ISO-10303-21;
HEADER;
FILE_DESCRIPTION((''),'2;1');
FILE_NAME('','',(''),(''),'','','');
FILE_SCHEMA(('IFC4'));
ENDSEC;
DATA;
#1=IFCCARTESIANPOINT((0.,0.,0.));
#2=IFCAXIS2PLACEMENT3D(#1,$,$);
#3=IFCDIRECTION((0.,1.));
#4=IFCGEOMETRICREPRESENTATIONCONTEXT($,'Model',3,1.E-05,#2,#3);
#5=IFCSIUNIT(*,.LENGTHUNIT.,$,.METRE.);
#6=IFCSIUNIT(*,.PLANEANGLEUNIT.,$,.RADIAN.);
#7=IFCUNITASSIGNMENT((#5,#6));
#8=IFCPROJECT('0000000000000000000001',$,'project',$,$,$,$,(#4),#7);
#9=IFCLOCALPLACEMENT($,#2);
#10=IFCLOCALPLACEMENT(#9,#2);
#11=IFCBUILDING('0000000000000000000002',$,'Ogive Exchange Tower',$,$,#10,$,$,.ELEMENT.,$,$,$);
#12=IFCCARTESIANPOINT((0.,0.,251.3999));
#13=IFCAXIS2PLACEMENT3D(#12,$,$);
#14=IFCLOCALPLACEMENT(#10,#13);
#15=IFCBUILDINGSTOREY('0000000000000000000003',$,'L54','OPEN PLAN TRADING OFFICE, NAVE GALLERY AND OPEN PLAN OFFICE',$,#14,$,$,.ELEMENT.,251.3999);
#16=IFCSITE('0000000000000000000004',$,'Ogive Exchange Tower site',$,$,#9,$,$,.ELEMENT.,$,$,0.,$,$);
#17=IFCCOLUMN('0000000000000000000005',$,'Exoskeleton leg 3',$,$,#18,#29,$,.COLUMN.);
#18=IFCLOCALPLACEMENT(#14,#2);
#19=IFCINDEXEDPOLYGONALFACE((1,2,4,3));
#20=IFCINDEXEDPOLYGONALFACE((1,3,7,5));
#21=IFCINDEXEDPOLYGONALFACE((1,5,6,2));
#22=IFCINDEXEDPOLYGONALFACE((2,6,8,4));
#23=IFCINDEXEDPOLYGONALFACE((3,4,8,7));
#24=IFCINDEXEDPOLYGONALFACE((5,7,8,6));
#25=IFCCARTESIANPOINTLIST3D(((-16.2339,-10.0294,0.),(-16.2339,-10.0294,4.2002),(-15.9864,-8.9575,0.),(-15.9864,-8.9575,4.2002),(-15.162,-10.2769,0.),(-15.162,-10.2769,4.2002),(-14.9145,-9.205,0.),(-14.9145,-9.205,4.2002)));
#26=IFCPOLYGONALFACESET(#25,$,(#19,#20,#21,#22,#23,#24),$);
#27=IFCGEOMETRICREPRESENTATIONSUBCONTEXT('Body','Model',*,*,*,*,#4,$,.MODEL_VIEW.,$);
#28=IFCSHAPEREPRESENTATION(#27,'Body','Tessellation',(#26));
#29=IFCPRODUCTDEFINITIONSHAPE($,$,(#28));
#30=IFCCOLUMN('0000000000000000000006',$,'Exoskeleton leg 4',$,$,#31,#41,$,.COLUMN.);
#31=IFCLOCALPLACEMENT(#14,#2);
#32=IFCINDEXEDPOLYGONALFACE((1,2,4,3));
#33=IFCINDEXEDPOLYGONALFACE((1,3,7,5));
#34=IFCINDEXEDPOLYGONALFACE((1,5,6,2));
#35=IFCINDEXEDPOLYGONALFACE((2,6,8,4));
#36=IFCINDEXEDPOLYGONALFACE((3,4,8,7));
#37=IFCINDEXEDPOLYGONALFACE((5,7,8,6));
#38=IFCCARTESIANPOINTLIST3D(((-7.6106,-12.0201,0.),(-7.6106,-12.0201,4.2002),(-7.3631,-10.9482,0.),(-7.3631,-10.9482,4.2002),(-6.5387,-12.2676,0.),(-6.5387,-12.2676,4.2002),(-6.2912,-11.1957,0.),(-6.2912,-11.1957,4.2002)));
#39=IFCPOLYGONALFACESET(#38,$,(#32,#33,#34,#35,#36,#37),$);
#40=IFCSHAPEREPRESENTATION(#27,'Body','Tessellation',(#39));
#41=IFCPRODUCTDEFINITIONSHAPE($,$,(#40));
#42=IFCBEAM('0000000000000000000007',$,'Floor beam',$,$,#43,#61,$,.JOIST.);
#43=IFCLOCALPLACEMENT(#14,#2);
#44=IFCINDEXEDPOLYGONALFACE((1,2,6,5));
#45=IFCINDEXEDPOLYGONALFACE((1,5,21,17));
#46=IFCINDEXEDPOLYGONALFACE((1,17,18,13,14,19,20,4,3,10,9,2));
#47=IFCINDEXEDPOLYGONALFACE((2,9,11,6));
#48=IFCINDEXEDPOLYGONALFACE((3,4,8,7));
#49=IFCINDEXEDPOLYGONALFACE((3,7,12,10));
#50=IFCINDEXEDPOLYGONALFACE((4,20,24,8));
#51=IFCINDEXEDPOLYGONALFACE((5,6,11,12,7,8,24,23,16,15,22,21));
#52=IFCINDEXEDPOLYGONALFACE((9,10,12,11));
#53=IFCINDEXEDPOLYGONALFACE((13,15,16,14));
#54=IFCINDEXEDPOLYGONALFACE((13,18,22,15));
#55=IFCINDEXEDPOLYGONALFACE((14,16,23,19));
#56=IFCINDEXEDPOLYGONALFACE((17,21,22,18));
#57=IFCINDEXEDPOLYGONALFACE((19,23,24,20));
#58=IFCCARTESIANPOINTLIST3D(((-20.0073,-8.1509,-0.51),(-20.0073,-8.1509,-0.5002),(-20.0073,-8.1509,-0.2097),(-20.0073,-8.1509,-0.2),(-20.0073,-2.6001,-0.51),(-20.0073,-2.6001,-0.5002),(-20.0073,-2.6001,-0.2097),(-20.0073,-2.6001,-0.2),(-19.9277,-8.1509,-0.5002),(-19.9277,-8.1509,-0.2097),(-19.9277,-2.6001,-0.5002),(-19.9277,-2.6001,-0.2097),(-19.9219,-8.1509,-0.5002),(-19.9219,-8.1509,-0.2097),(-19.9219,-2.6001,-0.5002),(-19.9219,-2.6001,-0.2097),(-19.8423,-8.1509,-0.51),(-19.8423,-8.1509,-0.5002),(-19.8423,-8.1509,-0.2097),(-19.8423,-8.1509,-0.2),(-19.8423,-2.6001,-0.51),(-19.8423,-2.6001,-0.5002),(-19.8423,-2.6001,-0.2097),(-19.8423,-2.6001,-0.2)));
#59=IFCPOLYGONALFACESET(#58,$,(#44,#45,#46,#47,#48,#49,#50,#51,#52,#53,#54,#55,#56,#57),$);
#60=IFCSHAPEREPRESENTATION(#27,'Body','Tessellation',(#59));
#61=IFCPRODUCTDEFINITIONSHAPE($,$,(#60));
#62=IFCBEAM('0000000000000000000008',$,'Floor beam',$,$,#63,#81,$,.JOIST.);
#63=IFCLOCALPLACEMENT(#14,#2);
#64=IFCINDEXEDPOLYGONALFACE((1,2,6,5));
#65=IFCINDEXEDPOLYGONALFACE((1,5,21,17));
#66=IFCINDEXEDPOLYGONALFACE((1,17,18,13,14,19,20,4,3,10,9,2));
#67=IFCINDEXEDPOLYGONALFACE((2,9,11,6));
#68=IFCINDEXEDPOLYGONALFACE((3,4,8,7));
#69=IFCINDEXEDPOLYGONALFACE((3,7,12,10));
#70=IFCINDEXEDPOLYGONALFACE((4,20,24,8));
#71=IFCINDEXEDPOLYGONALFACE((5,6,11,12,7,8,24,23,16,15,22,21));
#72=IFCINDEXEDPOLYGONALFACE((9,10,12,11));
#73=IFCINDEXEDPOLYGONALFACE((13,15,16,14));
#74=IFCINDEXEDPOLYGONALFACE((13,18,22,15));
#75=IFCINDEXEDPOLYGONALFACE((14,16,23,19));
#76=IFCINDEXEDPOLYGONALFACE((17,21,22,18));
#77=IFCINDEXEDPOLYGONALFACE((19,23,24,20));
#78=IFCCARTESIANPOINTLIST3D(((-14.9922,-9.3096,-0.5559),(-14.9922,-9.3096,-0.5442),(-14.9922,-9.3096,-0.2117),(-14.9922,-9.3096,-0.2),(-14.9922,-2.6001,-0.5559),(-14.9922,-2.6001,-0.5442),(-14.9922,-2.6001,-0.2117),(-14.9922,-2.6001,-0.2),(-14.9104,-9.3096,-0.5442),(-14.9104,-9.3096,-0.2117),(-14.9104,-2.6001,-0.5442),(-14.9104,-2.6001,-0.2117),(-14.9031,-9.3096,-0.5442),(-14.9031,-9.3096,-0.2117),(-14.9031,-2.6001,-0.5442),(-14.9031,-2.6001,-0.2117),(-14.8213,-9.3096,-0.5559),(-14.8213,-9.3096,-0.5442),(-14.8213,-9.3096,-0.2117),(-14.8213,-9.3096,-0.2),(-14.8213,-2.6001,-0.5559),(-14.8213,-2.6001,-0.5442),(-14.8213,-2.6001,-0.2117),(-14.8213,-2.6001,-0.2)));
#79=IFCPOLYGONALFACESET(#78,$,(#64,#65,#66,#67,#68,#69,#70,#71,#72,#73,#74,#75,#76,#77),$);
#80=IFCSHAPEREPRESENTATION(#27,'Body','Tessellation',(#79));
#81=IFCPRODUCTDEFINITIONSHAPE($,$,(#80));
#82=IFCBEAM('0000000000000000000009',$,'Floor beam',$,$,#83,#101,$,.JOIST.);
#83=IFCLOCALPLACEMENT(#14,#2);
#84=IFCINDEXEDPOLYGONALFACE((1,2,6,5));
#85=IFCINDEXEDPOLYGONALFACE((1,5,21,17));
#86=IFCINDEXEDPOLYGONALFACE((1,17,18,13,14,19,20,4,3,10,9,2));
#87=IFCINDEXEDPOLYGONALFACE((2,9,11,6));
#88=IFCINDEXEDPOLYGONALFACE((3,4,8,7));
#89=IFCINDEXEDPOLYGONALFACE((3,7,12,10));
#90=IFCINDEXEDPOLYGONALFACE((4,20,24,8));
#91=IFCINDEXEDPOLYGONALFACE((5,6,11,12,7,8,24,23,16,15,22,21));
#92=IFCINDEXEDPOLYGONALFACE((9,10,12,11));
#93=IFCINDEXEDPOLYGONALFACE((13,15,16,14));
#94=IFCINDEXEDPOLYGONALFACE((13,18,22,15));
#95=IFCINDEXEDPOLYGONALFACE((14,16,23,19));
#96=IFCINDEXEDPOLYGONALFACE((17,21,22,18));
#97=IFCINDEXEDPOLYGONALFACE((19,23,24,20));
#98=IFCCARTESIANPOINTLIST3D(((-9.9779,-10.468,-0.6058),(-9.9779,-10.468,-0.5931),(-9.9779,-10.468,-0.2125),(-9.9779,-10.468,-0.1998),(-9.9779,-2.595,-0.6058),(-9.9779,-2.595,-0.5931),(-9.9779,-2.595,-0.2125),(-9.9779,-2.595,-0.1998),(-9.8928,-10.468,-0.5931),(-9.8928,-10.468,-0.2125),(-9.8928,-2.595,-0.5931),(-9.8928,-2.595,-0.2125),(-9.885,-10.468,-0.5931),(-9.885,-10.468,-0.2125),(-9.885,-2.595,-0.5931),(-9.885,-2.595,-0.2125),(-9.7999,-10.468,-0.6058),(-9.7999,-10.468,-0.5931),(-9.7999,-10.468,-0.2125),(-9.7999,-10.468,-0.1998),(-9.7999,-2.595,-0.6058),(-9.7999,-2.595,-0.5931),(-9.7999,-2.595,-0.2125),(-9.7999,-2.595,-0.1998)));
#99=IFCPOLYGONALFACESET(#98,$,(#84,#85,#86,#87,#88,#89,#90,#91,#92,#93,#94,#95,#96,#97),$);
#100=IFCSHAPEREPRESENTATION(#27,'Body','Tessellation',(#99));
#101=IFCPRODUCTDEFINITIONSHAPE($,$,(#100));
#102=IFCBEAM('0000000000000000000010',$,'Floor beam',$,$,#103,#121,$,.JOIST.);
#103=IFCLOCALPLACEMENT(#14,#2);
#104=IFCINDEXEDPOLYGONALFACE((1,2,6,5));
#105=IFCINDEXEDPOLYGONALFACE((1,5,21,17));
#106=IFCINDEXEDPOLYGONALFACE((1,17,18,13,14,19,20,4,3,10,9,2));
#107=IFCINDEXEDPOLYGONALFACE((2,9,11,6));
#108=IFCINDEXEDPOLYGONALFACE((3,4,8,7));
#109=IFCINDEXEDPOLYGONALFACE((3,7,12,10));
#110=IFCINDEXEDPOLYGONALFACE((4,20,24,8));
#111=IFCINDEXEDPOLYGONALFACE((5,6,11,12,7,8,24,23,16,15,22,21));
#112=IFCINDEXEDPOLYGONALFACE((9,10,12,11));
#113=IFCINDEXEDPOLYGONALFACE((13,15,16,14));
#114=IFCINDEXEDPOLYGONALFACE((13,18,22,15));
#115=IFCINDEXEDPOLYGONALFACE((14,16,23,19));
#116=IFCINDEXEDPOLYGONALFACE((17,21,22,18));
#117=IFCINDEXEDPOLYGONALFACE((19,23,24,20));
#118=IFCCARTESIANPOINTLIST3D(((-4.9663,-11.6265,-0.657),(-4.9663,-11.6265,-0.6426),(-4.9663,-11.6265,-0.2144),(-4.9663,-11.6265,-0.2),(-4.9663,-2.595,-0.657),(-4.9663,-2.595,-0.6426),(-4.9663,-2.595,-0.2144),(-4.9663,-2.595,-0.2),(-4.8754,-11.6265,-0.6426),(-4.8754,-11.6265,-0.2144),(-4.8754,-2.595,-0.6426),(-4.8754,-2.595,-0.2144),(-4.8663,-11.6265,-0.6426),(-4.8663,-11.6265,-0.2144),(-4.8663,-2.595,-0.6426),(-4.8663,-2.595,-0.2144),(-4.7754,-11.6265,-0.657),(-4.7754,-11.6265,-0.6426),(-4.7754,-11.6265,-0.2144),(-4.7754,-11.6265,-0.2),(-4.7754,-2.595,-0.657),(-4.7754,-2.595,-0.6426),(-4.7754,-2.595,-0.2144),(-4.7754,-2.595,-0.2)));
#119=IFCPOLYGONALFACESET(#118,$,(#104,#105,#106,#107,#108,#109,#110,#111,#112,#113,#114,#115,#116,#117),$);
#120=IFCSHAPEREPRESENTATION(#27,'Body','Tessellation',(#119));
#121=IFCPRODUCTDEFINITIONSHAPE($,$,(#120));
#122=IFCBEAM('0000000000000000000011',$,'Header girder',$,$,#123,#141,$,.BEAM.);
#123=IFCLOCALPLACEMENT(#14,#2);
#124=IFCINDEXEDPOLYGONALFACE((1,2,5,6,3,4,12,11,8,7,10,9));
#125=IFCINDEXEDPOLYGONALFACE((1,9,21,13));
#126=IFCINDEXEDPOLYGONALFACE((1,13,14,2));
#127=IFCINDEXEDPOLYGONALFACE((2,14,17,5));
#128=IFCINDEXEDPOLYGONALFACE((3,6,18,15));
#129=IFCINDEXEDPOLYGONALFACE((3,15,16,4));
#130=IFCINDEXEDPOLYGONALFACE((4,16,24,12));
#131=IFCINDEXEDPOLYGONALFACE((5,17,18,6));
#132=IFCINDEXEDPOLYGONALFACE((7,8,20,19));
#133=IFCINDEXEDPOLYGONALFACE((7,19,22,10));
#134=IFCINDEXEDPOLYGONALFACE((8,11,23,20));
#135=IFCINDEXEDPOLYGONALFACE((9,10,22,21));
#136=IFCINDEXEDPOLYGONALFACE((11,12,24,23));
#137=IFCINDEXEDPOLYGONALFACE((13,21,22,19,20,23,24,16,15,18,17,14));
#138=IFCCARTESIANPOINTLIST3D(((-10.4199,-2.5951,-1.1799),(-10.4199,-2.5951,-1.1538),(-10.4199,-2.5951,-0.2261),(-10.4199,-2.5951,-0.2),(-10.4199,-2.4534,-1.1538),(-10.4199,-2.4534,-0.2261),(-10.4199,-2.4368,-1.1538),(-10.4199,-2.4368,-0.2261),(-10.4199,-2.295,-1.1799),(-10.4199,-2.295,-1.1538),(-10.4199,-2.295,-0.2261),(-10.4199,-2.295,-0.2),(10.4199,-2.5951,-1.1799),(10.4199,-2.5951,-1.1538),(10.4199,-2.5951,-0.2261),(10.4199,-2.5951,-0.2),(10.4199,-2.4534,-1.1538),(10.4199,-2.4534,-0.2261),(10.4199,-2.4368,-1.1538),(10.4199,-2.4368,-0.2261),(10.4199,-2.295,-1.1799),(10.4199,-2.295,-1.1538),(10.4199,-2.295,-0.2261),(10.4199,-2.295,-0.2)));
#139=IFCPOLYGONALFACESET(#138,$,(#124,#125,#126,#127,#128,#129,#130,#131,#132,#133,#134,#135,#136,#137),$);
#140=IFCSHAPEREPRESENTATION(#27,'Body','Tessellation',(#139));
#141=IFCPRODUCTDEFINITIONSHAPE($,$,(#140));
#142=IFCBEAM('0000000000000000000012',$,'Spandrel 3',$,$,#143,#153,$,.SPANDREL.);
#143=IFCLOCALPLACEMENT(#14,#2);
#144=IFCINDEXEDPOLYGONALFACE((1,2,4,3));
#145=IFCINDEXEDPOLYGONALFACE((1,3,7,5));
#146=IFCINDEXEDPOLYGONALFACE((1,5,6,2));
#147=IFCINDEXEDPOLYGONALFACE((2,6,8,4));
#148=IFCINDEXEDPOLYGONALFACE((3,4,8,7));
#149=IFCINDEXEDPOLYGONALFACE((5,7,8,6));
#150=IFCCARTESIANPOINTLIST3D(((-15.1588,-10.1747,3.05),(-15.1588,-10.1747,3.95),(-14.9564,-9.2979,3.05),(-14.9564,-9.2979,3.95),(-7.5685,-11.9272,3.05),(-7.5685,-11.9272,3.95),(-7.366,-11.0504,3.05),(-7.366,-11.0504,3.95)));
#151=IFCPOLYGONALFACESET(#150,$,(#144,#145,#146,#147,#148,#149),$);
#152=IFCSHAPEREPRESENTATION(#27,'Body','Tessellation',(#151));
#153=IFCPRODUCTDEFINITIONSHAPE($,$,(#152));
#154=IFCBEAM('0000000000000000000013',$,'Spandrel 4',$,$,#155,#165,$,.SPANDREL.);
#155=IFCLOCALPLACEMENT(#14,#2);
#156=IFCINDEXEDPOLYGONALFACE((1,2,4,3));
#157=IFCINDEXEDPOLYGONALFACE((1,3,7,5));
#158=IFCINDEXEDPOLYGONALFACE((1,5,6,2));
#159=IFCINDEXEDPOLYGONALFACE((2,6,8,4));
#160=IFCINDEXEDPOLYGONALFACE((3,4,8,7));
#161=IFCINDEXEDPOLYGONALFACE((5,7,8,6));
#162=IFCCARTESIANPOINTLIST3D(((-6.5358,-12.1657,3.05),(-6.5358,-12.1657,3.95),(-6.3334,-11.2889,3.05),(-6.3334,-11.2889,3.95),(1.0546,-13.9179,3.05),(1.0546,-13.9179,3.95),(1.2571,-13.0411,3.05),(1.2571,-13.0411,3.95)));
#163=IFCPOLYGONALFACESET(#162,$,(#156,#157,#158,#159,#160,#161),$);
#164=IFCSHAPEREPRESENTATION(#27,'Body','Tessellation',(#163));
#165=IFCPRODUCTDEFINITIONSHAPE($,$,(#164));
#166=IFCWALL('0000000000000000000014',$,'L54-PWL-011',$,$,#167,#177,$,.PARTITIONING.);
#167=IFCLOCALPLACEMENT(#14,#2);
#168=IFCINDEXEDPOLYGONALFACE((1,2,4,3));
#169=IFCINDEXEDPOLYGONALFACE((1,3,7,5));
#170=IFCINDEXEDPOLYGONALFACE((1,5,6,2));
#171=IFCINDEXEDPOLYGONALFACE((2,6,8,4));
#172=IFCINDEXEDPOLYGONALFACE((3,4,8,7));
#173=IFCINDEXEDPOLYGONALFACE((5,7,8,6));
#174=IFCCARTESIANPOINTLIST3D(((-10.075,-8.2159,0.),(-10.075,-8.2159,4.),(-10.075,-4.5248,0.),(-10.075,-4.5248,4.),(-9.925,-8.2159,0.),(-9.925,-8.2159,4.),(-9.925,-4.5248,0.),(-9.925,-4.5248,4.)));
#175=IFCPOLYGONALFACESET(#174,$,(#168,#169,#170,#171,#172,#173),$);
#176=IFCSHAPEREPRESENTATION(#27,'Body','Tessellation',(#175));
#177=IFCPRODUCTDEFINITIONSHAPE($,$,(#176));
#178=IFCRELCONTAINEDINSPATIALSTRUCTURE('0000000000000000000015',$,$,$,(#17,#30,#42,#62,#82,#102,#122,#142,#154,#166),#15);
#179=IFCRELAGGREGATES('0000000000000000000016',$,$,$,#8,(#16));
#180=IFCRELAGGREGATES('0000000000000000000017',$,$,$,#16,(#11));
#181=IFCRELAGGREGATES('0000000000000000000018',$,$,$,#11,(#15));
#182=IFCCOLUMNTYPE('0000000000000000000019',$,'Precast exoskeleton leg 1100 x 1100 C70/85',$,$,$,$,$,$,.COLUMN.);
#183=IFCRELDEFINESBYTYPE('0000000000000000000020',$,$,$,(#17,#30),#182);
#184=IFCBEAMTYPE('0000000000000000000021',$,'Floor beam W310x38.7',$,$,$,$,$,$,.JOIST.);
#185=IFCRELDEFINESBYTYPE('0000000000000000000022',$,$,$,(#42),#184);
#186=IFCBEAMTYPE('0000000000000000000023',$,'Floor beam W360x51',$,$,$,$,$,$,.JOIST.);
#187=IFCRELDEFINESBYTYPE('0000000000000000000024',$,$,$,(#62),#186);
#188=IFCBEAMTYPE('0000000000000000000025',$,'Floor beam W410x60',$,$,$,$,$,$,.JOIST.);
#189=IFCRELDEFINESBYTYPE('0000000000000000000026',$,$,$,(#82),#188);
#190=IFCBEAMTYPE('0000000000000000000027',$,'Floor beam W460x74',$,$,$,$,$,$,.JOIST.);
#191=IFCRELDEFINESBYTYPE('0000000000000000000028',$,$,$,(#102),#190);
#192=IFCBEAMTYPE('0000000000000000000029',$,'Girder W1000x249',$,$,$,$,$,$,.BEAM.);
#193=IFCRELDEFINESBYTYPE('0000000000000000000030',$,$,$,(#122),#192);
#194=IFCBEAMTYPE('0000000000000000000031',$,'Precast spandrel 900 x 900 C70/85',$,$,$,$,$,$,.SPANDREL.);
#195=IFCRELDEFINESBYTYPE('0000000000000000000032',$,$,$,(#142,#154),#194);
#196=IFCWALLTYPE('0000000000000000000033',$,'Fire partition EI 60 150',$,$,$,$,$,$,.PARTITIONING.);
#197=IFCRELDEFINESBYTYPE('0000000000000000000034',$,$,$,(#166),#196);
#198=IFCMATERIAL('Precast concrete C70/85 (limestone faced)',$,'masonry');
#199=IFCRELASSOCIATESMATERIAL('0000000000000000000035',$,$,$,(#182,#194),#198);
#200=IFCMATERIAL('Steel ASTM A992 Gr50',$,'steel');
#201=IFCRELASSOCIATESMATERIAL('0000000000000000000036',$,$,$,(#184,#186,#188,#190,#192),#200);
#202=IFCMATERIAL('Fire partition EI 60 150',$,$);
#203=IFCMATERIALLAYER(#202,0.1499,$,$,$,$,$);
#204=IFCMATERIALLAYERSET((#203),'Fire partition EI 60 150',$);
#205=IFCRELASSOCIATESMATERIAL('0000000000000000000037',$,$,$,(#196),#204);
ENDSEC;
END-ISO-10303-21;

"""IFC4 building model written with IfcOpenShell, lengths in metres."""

from ifc_helpers import new_model, si_unit, direction, frame, frame_2d, origin, origin_2d, place, context, subcontext, project, spatial, rectangle, i_section, extrude, material, layer, layer_set, material_profile, profile_set, type_object, element, save


model = new_model("IFC4")

# Units and contexts
model_context = context("Model", 3, precision=1e-05, world=origin(), true_north=direction((0.0, 1.0)))
body_context = subcontext(model_context, "Body", "Model", "MODEL_VIEW")
ifc_project = project(units=[si_unit("LENGTHUNIT", "METRE"), si_unit("PLANEANGLEUNIT", "RADIAN")], contexts=[model_context])

# Site, building, storey
site_placement = place(None, origin())
site = spatial("IfcSite", under=ifc_project, at=site_placement, Name="Ogive Exchange Tower site", CompositionType="ELEMENT", RefElevation=0.0)
building_placement = place(site_placement, origin())
building = spatial("IfcBuilding", under=site, at=building_placement, Name="Ogive Exchange Tower", CompositionType="ELEMENT")
storey_placement = place(building_placement, frame((0.0, 0.0, 251.3999)))
storey = spatial("IfcBuildingStorey", under=building, at=storey_placement, Name="L54", Description="OPEN PLAN TRADING OFFICE, NAVE GALLERY AND OPEN PLAN OFFICE", CompositionType="ELEMENT", Elevation=251.3999)

# Columns
ifc_material_1 = material(Name="Precast concrete C70/85 (limestone faced)", Category="masonry")
ifc_material_profile_1 = material_profile(ifc_material_1, rectangle(XDim=1.1001, YDim=1.1001, at=origin_2d()), Name="1100 x 1100")
ifc_profile_set_1 = profile_set([ifc_material_profile_1], Name="Precast concrete C70/85 (limestone faced)")
column_type = type_object("IfcColumnType", Name="Precast exoskeleton leg 1100 x 1100 C70/85", PredefinedType="COLUMN", material=ifc_profile_set_1)
for number, where, z_axis, x_axis, name in (
    (1, (-15.5742, -9.6172, 0.0), (0.0, 0.0, 1.0), (0.97437, -0.224951, 0.0), "Exoskeleton leg 3"),
    (2, (-6.9509, -11.6079, 0.0), (0.0, 0.0, 1.0), (0.97437, -0.224951, 0.0), "Exoskeleton leg 4"),
):
    element("IfcColumn", number, at=place(storey_placement, frame(where, z_axis=z_axis, x_axis=x_axis)), inside=storey, type_object=column_type, Name=name, PredefinedType="COLUMN", context=body_context, shape_type="SweptSolid", body=[
        extrude(rectangle(XDim=1.1001, YDim=1.1001, at=origin_2d()), origin(), (0.0, 0.0, 1.0), 4.2002),
    ])

# Beams
ifc_material_2 = material(Name="Steel ASTM A992 Gr50", Category="steel")
ifc_material_profile_2 = material_profile(ifc_material_2, i_section(OverallWidth=0.165, OverallDepth=0.3101, WebThickness=0.0059, FlangeThickness=0.0098, at=origin_2d()), Name="W310x38.7")
ifc_profile_set_2 = profile_set([ifc_material_profile_2], Name="Steel ASTM A992 Gr50")
beam_type_1 = type_object("IfcBeamType", Name="Floor beam W310x38.7", PredefinedType="JOIST", material=ifc_profile_set_2)
beam_1_placement = place(storey_placement, frame((-19.9248, -8.1509, -0.355), z_axis=(0.0, 1.0, 0.0), x_axis=(-1.0, 0.0, 0.0)))
element("IfcBeam", 3, at=beam_1_placement, inside=storey, type_object=beam_type_1, Name="Floor beam", PredefinedType="JOIST", context=body_context, shape_type="SweptSolid", body=[
    extrude(i_section(OverallWidth=0.165, OverallDepth=0.3101, WebThickness=0.0059, FlangeThickness=0.0098, at=origin_2d()), origin(), (0.0, 0.0, 1.0), 5.5508),
])
ifc_material_profile_3 = material_profile(ifc_material_2, i_section(OverallWidth=0.1709, OverallDepth=0.356, WebThickness=0.0073, FlangeThickness=0.0117, at=origin_2d()), Name="W360x51")
ifc_profile_set_3 = profile_set([ifc_material_profile_3], Name="Steel ASTM A992 Gr50")
beam_type_2 = type_object("IfcBeamType", Name="Floor beam W360x51", PredefinedType="JOIST", material=ifc_profile_set_3)
beam_2_placement = place(storey_placement, frame((-14.9067, -9.3096, -0.3779), z_axis=(0.0, 1.0, 0.0), x_axis=(-1.0, 0.0, 0.0)))
element("IfcBeam", 4, at=beam_2_placement, inside=storey, type_object=beam_type_2, Name="Floor beam", PredefinedType="JOIST", context=body_context, shape_type="SweptSolid", body=[
    extrude(i_section(OverallWidth=0.1709, OverallDepth=0.356, WebThickness=0.0073, FlangeThickness=0.0117, at=origin_2d()), origin(), (0.0, 0.0, 1.0), 6.7095),
])
ifc_material_profile_4 = material_profile(ifc_material_2, i_section(OverallWidth=0.178, OverallDepth=0.406, WebThickness=0.0078, FlangeThickness=0.0127, at=origin_2d()), Name="W410x60")
ifc_profile_set_4 = profile_set([ifc_material_profile_4], Name="Steel ASTM A992 Gr50")
beam_type_3 = type_object("IfcBeamType", Name="Floor beam W410x60", PredefinedType="JOIST", material=ifc_profile_set_4)
beam_3_placement = place(storey_placement, frame((-9.8889, -10.468, -0.4028), z_axis=(0.0, 1.0, 0.0), x_axis=(-1.0, 0.0, 0.0)))
element("IfcBeam", 5, at=beam_3_placement, inside=storey, type_object=beam_type_3, Name="Floor beam", PredefinedType="JOIST", context=body_context, shape_type="SweptSolid", body=[
    extrude(i_section(OverallWidth=0.178, OverallDepth=0.406, WebThickness=0.0078, FlangeThickness=0.0127, at=origin_2d()), origin(), (0.0, 0.0, 1.0), 7.873),
])
ifc_material_profile_5 = material_profile(ifc_material_2, i_section(OverallWidth=0.1909, OverallDepth=0.457, WebThickness=0.009, FlangeThickness=0.0144, at=origin_2d()), Name="W460x74")
ifc_profile_set_5 = profile_set([ifc_material_profile_5], Name="Steel ASTM A992 Gr50")
beam_type_4 = type_object("IfcBeamType", Name="Floor beam W460x74", PredefinedType="JOIST", material=ifc_profile_set_5)
beam_4_placement = place(storey_placement, frame((-4.8708, -11.6265, -0.4285), z_axis=(0.0, 1.0, 0.0), x_axis=(-1.0, 0.0, 0.0)))
element("IfcBeam", 6, at=beam_4_placement, inside=storey, type_object=beam_type_4, Name="Floor beam", PredefinedType="JOIST", context=body_context, shape_type="SweptSolid", body=[
    extrude(i_section(OverallWidth=0.1909, OverallDepth=0.457, WebThickness=0.009, FlangeThickness=0.0144, at=origin_2d()), origin(), (0.0, 0.0, 1.0), 9.0315),
])
ifc_material_profile_6 = material_profile(ifc_material_2, i_section(OverallWidth=0.3, OverallDepth=0.98, WebThickness=0.0166, FlangeThickness=0.0261, at=origin_2d()), Name="W1000x249")
ifc_profile_set_6 = profile_set([ifc_material_profile_6], Name="Steel ASTM A992 Gr50")
beam_type_5 = type_object("IfcBeamType", Name="Girder W1000x249", PredefinedType="BEAM", material=ifc_profile_set_6)
beam_5_placement = place(storey_placement, frame((-10.4199, -2.4451, -0.6899), z_axis=(1.0, 0.0, 0.0), x_axis=(0.0, 1.0, 0.0)))
element("IfcBeam", 7, at=beam_5_placement, inside=storey, type_object=beam_type_5, Name="Header girder", PredefinedType="BEAM", context=body_context, shape_type="SweptSolid", body=[
    extrude(i_section(OverallWidth=0.3, OverallDepth=0.98, WebThickness=0.0166, FlangeThickness=0.0261, at=origin_2d()), origin(), (0.0, 0.0, 1.0), 20.8398),
])
ifc_material_profile_7 = material_profile(ifc_material_1, rectangle(XDim=0.8999, YDim=0.8999, at=origin_2d()), Name="900 x 900")
ifc_profile_set_7 = profile_set([ifc_material_profile_7], Name="Precast concrete C70/85 (limestone faced)")
beam_type_6 = type_object("IfcBeamType", Name="Precast spandrel 900 x 900 C70/85", PredefinedType="SPANDREL", material=ifc_profile_set_7)
for number, where, z_axis, x_axis, name in (
    (8, (-15.0576, -9.7363, 3.5), (0.974368, -0.22496, 0.0), (0.22496, 0.974368, 0.0), "Spandrel 3"),
    (9, (-6.4346, -11.7273, 3.5), (0.974375, -0.22493, 0.0), (0.22493, 0.974375, 0.0), "Spandrel 4"),
):
    element("IfcBeam", number, at=place(storey_placement, frame(where, z_axis=z_axis, x_axis=x_axis)), inside=storey, type_object=beam_type_6, Name=name, PredefinedType="SPANDREL", context=body_context, shape_type="SweptSolid", body=[
        extrude(rectangle(XDim=0.8999, YDim=0.8999, at=origin_2d()), origin(), (0.0, 0.0, 1.0), 7.79),
    ])

# Wall
ifc_material_3 = material(Name="Fire partition EI 60 150")
ifc_layer_1 = layer(ifc_material_3, 0.1499)
ifc_layer_set_1 = layer_set([ifc_layer_1], Name="Fire partition EI 60 150")
wall_type_1 = type_object("IfcWallType", Name="Fire partition EI 60 150", PredefinedType="PARTITIONING", material=ifc_layer_set_1)
wall_1_placement = place(storey_placement, frame((-10.0, -8.2161, 0.0), z_axis=(0.0, 0.0, 1.0), x_axis=(0.0, 1.0, 0.0)))
element("IfcWall", 10, at=wall_1_placement, inside=storey, type_object=wall_type_1, Name="L54-PWL-011", PredefinedType="PARTITIONING", context=body_context, shape_type="SweptSolid", body=[
    extrude(rectangle(XDim=3.6912, YDim=0.1499, at=frame_2d((1.8457, 0.0))), origin(), (0.0, 0.0, 1.0), 4.0),
])

save(model, "model.ifc")
